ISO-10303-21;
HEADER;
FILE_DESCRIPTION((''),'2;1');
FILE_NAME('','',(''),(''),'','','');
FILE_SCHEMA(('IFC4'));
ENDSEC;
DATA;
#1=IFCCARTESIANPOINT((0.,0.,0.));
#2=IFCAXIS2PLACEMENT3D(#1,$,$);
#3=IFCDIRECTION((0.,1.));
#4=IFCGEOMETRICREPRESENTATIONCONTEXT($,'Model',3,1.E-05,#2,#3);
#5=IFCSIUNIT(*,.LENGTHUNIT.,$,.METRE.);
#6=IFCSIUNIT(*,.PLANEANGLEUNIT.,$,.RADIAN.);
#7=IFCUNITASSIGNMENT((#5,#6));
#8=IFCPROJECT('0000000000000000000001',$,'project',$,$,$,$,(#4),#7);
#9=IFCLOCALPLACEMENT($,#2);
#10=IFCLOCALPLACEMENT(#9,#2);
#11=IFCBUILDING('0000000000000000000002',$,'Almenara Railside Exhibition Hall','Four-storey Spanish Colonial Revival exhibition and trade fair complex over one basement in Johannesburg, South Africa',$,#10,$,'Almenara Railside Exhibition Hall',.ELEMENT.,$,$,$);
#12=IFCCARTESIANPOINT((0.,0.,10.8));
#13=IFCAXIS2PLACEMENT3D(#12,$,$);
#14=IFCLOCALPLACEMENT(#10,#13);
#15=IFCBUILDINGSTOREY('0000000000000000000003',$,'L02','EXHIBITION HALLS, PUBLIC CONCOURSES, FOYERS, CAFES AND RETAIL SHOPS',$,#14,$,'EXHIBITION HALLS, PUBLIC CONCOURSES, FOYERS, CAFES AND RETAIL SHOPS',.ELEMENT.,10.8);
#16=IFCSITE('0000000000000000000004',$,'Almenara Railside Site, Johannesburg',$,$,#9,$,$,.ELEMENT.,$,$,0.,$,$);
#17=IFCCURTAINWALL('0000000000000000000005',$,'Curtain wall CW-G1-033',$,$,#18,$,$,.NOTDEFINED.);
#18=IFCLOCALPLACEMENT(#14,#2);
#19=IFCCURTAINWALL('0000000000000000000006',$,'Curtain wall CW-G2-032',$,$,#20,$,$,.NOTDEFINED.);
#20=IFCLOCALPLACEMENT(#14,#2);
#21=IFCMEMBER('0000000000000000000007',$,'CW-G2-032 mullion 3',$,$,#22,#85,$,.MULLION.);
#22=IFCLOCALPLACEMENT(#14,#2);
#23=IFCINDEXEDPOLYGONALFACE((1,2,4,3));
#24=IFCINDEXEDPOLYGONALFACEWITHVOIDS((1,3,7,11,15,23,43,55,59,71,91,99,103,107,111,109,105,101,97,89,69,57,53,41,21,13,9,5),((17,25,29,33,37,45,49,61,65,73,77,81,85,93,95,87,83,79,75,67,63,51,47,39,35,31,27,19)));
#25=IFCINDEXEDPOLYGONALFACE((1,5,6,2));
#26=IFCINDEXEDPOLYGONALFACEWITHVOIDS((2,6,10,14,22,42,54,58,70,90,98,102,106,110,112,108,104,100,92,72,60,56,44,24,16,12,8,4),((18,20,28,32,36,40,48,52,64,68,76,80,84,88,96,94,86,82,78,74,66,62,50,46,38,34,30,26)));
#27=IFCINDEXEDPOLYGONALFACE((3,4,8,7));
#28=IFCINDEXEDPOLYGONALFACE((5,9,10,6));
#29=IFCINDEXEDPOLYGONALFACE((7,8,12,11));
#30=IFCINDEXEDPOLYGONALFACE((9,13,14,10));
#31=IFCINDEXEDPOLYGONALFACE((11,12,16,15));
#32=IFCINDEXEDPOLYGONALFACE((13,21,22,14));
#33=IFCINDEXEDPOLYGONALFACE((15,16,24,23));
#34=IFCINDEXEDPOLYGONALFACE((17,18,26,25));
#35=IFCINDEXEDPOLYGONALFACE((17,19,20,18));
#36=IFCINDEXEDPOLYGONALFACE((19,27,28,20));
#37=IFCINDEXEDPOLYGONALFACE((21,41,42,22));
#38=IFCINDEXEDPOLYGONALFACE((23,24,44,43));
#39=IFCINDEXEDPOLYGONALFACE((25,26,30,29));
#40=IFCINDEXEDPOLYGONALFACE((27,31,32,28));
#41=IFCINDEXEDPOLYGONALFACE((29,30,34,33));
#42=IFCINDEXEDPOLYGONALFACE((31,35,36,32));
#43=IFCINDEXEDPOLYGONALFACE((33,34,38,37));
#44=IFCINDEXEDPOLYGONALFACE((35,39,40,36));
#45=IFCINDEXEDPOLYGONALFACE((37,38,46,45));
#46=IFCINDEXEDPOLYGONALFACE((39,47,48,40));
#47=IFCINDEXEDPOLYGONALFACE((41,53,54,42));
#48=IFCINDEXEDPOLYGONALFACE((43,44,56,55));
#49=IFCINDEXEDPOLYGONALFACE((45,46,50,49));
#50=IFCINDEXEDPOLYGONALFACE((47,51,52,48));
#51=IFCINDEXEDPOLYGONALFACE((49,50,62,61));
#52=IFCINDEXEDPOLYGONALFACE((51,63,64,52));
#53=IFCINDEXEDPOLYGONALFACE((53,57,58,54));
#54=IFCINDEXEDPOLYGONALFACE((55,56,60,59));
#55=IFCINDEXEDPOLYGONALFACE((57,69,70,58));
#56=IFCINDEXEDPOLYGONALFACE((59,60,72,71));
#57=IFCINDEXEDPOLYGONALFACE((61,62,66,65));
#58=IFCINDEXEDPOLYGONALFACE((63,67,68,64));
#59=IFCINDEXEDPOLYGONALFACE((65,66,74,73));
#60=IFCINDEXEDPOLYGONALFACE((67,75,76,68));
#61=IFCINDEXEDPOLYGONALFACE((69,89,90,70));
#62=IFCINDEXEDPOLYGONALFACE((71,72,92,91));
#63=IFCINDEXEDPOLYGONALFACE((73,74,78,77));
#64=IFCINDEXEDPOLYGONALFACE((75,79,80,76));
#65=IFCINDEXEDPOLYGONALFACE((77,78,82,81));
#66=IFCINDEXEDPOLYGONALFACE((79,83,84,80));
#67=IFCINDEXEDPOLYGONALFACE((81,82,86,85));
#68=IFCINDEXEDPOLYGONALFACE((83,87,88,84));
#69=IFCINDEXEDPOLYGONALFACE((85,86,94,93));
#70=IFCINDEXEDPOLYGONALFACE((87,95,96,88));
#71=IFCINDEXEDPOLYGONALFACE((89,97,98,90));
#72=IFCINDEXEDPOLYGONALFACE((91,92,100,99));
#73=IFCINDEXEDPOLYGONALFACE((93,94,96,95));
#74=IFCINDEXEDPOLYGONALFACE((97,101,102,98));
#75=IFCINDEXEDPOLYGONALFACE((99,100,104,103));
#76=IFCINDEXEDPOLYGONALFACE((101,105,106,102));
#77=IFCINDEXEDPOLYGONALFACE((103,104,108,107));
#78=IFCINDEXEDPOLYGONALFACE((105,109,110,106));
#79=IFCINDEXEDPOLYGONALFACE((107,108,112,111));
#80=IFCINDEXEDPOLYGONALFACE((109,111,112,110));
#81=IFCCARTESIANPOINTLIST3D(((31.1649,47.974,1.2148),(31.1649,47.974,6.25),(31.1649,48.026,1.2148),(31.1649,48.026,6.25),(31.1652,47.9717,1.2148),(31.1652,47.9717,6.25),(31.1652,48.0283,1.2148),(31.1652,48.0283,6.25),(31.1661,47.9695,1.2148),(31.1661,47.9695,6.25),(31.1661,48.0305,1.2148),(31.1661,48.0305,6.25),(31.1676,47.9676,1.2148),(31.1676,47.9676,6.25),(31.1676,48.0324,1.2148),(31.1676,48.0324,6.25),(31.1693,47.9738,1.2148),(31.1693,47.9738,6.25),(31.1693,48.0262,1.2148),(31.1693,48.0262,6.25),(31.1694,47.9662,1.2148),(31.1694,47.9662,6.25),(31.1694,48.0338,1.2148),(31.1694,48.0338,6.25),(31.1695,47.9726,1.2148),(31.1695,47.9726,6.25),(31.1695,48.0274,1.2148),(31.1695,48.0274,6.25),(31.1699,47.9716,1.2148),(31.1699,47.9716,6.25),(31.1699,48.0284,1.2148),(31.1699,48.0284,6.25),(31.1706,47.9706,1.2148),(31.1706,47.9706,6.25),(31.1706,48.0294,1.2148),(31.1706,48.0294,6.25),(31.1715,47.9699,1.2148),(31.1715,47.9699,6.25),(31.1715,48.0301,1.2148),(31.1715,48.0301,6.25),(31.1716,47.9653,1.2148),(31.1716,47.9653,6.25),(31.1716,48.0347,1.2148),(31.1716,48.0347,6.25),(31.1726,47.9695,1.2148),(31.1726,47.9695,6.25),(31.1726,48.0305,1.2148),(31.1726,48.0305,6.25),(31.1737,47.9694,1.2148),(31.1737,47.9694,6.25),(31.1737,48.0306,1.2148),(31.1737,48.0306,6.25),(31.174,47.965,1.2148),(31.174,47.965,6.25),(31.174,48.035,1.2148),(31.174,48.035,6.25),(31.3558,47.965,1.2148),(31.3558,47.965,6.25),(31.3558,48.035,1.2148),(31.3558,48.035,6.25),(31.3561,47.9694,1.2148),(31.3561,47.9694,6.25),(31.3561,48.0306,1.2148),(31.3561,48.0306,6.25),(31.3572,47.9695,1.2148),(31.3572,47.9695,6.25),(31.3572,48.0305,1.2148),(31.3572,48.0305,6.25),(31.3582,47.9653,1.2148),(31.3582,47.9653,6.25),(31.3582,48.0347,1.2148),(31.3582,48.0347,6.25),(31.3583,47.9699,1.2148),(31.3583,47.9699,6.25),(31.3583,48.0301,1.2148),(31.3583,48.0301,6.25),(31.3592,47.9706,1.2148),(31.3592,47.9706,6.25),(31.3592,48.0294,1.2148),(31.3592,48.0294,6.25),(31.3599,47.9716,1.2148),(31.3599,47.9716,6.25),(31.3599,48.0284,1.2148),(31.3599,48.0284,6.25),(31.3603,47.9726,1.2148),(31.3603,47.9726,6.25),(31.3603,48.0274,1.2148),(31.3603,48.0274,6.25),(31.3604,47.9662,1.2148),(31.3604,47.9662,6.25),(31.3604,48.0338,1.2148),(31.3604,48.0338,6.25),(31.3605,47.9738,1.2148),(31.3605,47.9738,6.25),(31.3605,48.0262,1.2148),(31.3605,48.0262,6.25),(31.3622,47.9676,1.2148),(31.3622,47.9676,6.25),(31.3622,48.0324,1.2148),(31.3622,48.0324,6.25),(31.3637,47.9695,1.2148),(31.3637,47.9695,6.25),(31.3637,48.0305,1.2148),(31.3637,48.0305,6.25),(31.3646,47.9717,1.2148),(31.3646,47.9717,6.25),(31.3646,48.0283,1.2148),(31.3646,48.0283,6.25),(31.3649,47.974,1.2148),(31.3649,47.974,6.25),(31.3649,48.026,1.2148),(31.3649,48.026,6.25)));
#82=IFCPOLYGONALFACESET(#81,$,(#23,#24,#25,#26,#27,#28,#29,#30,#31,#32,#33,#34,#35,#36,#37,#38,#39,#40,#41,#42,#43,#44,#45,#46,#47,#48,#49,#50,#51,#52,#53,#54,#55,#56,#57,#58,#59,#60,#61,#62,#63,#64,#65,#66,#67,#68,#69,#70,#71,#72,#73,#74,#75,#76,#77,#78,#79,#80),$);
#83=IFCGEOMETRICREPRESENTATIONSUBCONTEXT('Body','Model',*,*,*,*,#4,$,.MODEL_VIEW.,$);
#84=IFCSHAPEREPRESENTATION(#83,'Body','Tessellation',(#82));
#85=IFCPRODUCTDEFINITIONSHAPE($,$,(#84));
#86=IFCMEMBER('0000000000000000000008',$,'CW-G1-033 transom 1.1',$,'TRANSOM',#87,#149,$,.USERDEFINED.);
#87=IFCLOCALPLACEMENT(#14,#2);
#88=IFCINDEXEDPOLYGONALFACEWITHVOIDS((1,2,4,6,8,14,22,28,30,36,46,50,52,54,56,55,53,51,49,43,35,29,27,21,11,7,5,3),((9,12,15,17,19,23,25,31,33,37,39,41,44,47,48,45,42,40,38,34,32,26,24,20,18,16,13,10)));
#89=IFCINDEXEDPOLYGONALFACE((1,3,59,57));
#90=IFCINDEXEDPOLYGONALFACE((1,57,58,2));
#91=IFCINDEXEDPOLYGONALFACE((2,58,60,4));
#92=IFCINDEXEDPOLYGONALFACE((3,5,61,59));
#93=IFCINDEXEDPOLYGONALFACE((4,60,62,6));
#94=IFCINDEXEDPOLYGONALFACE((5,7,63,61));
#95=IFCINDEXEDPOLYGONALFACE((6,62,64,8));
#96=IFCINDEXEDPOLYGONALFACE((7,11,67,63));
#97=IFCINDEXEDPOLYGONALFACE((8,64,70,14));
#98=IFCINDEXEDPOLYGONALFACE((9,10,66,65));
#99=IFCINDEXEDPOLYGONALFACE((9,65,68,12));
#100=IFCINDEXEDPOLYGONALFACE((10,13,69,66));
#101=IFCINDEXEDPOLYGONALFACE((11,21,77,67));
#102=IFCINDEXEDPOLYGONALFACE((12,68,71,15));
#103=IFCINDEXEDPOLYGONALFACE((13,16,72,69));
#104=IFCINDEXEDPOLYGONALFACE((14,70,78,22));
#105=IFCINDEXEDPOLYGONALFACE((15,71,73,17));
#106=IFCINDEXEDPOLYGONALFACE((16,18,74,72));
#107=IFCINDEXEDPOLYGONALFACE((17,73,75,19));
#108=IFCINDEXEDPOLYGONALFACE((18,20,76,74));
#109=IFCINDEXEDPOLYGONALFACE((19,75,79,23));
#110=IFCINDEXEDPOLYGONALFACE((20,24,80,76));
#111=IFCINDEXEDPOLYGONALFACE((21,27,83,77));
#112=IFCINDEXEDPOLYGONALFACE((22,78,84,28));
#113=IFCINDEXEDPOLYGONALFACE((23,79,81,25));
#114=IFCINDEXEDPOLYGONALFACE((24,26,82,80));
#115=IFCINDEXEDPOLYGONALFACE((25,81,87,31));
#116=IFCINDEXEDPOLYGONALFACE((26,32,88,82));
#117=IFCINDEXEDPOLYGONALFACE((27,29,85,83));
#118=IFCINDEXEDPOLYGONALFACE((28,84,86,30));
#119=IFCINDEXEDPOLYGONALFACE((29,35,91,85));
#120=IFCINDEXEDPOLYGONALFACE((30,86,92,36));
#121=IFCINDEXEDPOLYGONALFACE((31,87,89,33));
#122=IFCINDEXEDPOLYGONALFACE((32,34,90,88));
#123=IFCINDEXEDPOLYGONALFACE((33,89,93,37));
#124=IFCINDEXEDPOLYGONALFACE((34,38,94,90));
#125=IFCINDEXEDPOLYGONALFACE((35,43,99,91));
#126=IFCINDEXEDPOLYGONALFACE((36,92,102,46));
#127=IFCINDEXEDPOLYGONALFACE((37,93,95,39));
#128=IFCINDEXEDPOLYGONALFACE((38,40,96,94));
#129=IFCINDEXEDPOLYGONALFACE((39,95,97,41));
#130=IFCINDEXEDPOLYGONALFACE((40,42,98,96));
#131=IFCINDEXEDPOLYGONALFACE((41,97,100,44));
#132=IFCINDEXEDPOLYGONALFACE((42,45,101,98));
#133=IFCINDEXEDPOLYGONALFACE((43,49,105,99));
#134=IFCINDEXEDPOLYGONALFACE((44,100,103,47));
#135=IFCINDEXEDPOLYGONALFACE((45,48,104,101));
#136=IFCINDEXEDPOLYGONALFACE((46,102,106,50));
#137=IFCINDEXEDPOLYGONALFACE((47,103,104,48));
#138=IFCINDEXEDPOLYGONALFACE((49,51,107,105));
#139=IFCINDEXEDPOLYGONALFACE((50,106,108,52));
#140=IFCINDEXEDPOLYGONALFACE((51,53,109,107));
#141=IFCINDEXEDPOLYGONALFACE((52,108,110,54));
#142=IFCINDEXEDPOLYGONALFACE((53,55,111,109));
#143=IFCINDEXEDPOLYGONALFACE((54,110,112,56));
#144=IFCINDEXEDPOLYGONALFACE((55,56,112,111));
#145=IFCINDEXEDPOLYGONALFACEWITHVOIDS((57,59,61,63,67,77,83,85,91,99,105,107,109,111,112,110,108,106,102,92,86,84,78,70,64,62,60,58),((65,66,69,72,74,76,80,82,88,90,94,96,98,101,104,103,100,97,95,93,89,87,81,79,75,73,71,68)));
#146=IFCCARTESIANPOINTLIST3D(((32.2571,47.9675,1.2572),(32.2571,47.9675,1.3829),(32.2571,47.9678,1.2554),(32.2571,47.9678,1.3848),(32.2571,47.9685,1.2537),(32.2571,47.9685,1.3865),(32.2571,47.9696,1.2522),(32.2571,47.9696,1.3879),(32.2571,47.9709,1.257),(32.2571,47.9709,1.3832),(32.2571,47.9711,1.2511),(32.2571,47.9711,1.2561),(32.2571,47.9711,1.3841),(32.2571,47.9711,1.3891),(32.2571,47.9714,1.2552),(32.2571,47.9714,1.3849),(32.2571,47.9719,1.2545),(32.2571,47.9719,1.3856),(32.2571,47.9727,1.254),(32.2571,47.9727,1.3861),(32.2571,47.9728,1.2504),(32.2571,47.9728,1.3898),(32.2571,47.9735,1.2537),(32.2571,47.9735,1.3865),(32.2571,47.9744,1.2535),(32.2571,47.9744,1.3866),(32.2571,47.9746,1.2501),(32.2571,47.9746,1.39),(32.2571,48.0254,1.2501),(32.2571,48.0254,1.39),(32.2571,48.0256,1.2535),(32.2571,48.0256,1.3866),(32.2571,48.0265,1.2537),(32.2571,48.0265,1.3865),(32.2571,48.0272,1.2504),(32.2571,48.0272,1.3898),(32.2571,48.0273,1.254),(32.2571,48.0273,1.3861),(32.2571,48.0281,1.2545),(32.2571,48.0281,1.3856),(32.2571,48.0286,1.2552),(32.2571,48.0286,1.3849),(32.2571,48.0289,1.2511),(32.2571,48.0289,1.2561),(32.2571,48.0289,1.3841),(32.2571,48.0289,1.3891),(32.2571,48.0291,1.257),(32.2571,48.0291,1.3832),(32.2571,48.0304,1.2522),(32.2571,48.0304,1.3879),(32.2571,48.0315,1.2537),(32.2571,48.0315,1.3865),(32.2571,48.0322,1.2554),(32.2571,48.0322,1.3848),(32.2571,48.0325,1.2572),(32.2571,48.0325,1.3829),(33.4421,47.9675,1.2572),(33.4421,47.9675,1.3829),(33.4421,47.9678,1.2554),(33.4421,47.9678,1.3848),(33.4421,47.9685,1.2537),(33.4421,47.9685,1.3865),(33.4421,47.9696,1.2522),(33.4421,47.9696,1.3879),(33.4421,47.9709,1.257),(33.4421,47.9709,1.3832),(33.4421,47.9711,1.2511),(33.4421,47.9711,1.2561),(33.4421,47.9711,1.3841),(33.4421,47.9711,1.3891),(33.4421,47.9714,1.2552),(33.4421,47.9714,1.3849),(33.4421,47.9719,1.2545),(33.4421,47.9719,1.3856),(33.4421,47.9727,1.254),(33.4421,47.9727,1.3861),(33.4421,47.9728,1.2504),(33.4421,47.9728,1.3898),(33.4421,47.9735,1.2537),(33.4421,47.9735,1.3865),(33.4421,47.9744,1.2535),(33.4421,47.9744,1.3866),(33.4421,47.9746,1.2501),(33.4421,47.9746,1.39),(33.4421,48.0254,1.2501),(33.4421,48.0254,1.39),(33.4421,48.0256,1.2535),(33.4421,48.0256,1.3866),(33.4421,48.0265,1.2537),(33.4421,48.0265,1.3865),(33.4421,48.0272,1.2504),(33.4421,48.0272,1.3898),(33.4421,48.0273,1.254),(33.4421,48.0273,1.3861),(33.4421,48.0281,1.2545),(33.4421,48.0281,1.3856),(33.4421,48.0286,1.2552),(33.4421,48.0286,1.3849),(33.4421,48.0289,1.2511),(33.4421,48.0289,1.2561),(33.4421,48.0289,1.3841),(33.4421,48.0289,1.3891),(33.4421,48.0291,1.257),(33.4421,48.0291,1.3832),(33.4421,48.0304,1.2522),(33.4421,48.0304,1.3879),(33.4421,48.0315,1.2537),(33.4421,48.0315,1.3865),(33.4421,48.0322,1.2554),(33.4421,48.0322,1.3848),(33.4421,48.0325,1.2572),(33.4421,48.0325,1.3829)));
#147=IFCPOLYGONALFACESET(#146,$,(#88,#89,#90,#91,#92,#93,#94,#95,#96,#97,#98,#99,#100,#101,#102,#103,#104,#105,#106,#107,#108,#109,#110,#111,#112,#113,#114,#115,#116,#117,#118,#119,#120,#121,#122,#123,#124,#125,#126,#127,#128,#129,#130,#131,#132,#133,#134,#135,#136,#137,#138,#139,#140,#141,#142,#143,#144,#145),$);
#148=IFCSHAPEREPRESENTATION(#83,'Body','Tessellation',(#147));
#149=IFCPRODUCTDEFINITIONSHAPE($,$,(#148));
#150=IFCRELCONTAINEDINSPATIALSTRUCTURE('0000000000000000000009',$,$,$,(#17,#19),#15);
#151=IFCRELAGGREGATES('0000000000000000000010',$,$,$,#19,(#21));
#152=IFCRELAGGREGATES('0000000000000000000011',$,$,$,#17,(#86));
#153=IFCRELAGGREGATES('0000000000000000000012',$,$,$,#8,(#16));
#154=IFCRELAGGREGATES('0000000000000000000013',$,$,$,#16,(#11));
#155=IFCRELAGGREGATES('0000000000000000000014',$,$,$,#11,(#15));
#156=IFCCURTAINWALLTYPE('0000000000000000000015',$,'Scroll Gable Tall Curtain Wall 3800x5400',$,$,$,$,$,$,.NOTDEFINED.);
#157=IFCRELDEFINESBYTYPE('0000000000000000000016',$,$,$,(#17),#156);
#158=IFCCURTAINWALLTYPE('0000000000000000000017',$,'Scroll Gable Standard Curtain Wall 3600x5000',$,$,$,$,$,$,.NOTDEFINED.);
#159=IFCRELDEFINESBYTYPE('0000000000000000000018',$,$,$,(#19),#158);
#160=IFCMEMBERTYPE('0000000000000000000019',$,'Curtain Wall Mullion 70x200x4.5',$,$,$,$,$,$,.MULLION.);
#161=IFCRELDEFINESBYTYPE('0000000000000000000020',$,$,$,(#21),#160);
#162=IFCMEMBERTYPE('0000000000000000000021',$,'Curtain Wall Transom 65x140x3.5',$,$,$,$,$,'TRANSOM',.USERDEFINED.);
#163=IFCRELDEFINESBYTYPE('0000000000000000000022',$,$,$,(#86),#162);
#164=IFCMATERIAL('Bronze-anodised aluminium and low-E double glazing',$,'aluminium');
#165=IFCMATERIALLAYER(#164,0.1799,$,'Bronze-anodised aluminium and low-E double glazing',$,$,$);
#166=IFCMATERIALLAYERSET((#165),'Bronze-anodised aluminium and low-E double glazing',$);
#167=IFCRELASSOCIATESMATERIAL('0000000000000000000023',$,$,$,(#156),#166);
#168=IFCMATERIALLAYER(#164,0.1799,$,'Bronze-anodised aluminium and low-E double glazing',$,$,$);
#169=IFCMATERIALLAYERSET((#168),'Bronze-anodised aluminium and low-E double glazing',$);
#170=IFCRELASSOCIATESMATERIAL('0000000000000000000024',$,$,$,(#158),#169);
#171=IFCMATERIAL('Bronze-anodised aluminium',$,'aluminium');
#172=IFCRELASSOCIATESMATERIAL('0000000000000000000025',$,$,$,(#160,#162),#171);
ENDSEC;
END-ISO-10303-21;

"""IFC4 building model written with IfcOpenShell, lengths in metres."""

from ifc_helpers import new_model, si_unit, direction, frame, origin, origin_2d, place, context, subcontext, project, spatial, hollow_rectangle, extrude, material, layer, layer_set, material_profile, profile_set, type_object, element, aggregate, save


model = new_model("IFC4")

# Units and contexts
model_context = context("Model", 3, precision=1e-05, world=origin(), true_north=direction((0.0, 1.0)))
body_context = subcontext(model_context, "Body", "Model", "MODEL_VIEW")
ifc_project = project(units=[si_unit("LENGTHUNIT", "METRE"), si_unit("PLANEANGLEUNIT", "RADIAN")], contexts=[model_context])

# Site, building, storey
site_placement = place(None, origin())
site = spatial("IfcSite", under=ifc_project, at=site_placement, Name="Almenara Railside Site, Johannesburg", CompositionType="ELEMENT", RefElevation=0.0)
building_placement = place(site_placement, origin())
building = spatial("IfcBuilding", under=site, at=building_placement, Name="Almenara Railside Exhibition Hall", Description="Four-storey Spanish Colonial Revival exhibition and trade fair complex over one basement in Johannesburg, South Africa", LongName="Almenara Railside Exhibition Hall", CompositionType="ELEMENT")
storey_placement = place(building_placement, frame((0.0, 0.0, 10.8)))
storey = spatial("IfcBuildingStorey", under=building, at=storey_placement, Name="L02", Description="EXHIBITION HALLS, PUBLIC CONCOURSES, FOYERS, CAFES AND RETAIL SHOPS", LongName="EXHIBITION HALLS, PUBLIC CONCOURSES, FOYERS, CAFES AND RETAIL SHOPS", CompositionType="ELEMENT", Elevation=10.8)

# Curtain walls, member
ifc_material_1 = material(Name="Bronze-anodised aluminium and low-E double glazing", Category="aluminium")
ifc_layer_1 = layer(ifc_material_1, 0.1799, Name="Bronze-anodised aluminium and low-E double glazing")
ifc_layer_set_1 = layer_set([ifc_layer_1], Name="Bronze-anodised aluminium and low-E double glazing")
curtain_wall_type_1 = type_object("IfcCurtainWallType", Name="Scroll Gable Tall Curtain Wall 3800x5400", PredefinedType="NOTDEFINED", material=ifc_layer_set_1)
curtain_wall_1_placement = place(storey_placement, origin())
curtain_wall_1 = element("IfcCurtainWall", 1, at=curtain_wall_1_placement, inside=storey, type_object=curtain_wall_type_1, Name="Curtain wall CW-G1-033", PredefinedType="NOTDEFINED")
ifc_material_2 = material(Name="Bronze-anodised aluminium", Category="aluminium")
ifc_layer_2 = layer(ifc_material_1, 0.1799, Name="Bronze-anodised aluminium and low-E double glazing")
ifc_layer_set_2 = layer_set([ifc_layer_2], Name="Bronze-anodised aluminium and low-E double glazing")
curtain_wall_type_2 = type_object("IfcCurtainWallType", Name="Scroll Gable Standard Curtain Wall 3600x5000", PredefinedType="NOTDEFINED", material=ifc_layer_set_2)
curtain_wall_2_placement = place(storey_placement, origin())
curtain_wall_2 = element("IfcCurtainWall", 2, at=curtain_wall_2_placement, inside=storey, type_object=curtain_wall_type_2, Name="Curtain wall CW-G2-032", PredefinedType="NOTDEFINED")
ifc_material_profile_1 = material_profile(ifc_material_2, hollow_rectangle(XDim=0.0701, YDim=0.2, WallThickness=0.0044, InnerFilletRadius=0.0044, OuterFilletRadius=0.009, at=origin_2d()), Name="ALU-MUL 70x200x4.5")
ifc_profile_set_1 = profile_set([ifc_material_profile_1], Name="Bronze-anodised aluminium")
member_type_1 = type_object("IfcMemberType", Name="Curtain Wall Mullion 70x200x4.5", PredefinedType="MULLION", material=ifc_profile_set_1)
member_1_placement = place(storey_placement, frame((31.2649, 48.0, 1.2148), z_axis=(0.0, 0.0, 1.0), x_axis=(0.0, 1.0, 0.0)))
member_1 = element("IfcMember", 3, at=member_1_placement, type_object=member_type_1, Name="CW-G2-032 mullion 3", PredefinedType="MULLION", context=body_context, shape_type="SweptSolid", body=[
    extrude(hollow_rectangle(XDim=0.0701, YDim=0.2, WallThickness=0.0044, InnerFilletRadius=0.0044, OuterFilletRadius=0.009, at=origin_2d()), origin(), (0.0, 0.0, 1.0), 5.0352),
])

# Member
ifc_material_profile_2 = material_profile(ifc_material_2, hollow_rectangle(XDim=0.0649, YDim=0.1399, WallThickness=0.0034, InnerFilletRadius=0.0034, OuterFilletRadius=0.0071, at=origin_2d()), Name="ALU-TRN 65x140x3.5")
ifc_profile_set_2 = profile_set([ifc_material_profile_2], Name="Bronze-anodised aluminium")
member_type_2 = type_object("IfcMemberType", Name="Curtain Wall Transom 65x140x3.5", ElementType="TRANSOM", PredefinedType="USERDEFINED", material=ifc_profile_set_2)
member_2_placement = place(storey_placement, frame((32.2571, 48.0, 1.3201), z_axis=(1.0, 0.0, 0.0), x_axis=(0.0, 1.0, 0.0)))
member_2 = element("IfcMember", 4, at=member_2_placement, type_object=member_type_2, Name="CW-G1-033 transom 1.1", ObjectType="TRANSOM", PredefinedType="USERDEFINED", context=body_context, shape_type="SweptSolid", body=[
    extrude(hollow_rectangle(XDim=0.0649, YDim=0.1399, WallThickness=0.0034, InnerFilletRadius=0.0034, OuterFilletRadius=0.0071, at=origin_2d()), origin(), (0.0, 0.0, 1.0), 1.1851),
])

aggregate(curtain_wall_2, [member_1])
aggregate(curtain_wall_1, [member_2])

save(model, "model.ifc")
